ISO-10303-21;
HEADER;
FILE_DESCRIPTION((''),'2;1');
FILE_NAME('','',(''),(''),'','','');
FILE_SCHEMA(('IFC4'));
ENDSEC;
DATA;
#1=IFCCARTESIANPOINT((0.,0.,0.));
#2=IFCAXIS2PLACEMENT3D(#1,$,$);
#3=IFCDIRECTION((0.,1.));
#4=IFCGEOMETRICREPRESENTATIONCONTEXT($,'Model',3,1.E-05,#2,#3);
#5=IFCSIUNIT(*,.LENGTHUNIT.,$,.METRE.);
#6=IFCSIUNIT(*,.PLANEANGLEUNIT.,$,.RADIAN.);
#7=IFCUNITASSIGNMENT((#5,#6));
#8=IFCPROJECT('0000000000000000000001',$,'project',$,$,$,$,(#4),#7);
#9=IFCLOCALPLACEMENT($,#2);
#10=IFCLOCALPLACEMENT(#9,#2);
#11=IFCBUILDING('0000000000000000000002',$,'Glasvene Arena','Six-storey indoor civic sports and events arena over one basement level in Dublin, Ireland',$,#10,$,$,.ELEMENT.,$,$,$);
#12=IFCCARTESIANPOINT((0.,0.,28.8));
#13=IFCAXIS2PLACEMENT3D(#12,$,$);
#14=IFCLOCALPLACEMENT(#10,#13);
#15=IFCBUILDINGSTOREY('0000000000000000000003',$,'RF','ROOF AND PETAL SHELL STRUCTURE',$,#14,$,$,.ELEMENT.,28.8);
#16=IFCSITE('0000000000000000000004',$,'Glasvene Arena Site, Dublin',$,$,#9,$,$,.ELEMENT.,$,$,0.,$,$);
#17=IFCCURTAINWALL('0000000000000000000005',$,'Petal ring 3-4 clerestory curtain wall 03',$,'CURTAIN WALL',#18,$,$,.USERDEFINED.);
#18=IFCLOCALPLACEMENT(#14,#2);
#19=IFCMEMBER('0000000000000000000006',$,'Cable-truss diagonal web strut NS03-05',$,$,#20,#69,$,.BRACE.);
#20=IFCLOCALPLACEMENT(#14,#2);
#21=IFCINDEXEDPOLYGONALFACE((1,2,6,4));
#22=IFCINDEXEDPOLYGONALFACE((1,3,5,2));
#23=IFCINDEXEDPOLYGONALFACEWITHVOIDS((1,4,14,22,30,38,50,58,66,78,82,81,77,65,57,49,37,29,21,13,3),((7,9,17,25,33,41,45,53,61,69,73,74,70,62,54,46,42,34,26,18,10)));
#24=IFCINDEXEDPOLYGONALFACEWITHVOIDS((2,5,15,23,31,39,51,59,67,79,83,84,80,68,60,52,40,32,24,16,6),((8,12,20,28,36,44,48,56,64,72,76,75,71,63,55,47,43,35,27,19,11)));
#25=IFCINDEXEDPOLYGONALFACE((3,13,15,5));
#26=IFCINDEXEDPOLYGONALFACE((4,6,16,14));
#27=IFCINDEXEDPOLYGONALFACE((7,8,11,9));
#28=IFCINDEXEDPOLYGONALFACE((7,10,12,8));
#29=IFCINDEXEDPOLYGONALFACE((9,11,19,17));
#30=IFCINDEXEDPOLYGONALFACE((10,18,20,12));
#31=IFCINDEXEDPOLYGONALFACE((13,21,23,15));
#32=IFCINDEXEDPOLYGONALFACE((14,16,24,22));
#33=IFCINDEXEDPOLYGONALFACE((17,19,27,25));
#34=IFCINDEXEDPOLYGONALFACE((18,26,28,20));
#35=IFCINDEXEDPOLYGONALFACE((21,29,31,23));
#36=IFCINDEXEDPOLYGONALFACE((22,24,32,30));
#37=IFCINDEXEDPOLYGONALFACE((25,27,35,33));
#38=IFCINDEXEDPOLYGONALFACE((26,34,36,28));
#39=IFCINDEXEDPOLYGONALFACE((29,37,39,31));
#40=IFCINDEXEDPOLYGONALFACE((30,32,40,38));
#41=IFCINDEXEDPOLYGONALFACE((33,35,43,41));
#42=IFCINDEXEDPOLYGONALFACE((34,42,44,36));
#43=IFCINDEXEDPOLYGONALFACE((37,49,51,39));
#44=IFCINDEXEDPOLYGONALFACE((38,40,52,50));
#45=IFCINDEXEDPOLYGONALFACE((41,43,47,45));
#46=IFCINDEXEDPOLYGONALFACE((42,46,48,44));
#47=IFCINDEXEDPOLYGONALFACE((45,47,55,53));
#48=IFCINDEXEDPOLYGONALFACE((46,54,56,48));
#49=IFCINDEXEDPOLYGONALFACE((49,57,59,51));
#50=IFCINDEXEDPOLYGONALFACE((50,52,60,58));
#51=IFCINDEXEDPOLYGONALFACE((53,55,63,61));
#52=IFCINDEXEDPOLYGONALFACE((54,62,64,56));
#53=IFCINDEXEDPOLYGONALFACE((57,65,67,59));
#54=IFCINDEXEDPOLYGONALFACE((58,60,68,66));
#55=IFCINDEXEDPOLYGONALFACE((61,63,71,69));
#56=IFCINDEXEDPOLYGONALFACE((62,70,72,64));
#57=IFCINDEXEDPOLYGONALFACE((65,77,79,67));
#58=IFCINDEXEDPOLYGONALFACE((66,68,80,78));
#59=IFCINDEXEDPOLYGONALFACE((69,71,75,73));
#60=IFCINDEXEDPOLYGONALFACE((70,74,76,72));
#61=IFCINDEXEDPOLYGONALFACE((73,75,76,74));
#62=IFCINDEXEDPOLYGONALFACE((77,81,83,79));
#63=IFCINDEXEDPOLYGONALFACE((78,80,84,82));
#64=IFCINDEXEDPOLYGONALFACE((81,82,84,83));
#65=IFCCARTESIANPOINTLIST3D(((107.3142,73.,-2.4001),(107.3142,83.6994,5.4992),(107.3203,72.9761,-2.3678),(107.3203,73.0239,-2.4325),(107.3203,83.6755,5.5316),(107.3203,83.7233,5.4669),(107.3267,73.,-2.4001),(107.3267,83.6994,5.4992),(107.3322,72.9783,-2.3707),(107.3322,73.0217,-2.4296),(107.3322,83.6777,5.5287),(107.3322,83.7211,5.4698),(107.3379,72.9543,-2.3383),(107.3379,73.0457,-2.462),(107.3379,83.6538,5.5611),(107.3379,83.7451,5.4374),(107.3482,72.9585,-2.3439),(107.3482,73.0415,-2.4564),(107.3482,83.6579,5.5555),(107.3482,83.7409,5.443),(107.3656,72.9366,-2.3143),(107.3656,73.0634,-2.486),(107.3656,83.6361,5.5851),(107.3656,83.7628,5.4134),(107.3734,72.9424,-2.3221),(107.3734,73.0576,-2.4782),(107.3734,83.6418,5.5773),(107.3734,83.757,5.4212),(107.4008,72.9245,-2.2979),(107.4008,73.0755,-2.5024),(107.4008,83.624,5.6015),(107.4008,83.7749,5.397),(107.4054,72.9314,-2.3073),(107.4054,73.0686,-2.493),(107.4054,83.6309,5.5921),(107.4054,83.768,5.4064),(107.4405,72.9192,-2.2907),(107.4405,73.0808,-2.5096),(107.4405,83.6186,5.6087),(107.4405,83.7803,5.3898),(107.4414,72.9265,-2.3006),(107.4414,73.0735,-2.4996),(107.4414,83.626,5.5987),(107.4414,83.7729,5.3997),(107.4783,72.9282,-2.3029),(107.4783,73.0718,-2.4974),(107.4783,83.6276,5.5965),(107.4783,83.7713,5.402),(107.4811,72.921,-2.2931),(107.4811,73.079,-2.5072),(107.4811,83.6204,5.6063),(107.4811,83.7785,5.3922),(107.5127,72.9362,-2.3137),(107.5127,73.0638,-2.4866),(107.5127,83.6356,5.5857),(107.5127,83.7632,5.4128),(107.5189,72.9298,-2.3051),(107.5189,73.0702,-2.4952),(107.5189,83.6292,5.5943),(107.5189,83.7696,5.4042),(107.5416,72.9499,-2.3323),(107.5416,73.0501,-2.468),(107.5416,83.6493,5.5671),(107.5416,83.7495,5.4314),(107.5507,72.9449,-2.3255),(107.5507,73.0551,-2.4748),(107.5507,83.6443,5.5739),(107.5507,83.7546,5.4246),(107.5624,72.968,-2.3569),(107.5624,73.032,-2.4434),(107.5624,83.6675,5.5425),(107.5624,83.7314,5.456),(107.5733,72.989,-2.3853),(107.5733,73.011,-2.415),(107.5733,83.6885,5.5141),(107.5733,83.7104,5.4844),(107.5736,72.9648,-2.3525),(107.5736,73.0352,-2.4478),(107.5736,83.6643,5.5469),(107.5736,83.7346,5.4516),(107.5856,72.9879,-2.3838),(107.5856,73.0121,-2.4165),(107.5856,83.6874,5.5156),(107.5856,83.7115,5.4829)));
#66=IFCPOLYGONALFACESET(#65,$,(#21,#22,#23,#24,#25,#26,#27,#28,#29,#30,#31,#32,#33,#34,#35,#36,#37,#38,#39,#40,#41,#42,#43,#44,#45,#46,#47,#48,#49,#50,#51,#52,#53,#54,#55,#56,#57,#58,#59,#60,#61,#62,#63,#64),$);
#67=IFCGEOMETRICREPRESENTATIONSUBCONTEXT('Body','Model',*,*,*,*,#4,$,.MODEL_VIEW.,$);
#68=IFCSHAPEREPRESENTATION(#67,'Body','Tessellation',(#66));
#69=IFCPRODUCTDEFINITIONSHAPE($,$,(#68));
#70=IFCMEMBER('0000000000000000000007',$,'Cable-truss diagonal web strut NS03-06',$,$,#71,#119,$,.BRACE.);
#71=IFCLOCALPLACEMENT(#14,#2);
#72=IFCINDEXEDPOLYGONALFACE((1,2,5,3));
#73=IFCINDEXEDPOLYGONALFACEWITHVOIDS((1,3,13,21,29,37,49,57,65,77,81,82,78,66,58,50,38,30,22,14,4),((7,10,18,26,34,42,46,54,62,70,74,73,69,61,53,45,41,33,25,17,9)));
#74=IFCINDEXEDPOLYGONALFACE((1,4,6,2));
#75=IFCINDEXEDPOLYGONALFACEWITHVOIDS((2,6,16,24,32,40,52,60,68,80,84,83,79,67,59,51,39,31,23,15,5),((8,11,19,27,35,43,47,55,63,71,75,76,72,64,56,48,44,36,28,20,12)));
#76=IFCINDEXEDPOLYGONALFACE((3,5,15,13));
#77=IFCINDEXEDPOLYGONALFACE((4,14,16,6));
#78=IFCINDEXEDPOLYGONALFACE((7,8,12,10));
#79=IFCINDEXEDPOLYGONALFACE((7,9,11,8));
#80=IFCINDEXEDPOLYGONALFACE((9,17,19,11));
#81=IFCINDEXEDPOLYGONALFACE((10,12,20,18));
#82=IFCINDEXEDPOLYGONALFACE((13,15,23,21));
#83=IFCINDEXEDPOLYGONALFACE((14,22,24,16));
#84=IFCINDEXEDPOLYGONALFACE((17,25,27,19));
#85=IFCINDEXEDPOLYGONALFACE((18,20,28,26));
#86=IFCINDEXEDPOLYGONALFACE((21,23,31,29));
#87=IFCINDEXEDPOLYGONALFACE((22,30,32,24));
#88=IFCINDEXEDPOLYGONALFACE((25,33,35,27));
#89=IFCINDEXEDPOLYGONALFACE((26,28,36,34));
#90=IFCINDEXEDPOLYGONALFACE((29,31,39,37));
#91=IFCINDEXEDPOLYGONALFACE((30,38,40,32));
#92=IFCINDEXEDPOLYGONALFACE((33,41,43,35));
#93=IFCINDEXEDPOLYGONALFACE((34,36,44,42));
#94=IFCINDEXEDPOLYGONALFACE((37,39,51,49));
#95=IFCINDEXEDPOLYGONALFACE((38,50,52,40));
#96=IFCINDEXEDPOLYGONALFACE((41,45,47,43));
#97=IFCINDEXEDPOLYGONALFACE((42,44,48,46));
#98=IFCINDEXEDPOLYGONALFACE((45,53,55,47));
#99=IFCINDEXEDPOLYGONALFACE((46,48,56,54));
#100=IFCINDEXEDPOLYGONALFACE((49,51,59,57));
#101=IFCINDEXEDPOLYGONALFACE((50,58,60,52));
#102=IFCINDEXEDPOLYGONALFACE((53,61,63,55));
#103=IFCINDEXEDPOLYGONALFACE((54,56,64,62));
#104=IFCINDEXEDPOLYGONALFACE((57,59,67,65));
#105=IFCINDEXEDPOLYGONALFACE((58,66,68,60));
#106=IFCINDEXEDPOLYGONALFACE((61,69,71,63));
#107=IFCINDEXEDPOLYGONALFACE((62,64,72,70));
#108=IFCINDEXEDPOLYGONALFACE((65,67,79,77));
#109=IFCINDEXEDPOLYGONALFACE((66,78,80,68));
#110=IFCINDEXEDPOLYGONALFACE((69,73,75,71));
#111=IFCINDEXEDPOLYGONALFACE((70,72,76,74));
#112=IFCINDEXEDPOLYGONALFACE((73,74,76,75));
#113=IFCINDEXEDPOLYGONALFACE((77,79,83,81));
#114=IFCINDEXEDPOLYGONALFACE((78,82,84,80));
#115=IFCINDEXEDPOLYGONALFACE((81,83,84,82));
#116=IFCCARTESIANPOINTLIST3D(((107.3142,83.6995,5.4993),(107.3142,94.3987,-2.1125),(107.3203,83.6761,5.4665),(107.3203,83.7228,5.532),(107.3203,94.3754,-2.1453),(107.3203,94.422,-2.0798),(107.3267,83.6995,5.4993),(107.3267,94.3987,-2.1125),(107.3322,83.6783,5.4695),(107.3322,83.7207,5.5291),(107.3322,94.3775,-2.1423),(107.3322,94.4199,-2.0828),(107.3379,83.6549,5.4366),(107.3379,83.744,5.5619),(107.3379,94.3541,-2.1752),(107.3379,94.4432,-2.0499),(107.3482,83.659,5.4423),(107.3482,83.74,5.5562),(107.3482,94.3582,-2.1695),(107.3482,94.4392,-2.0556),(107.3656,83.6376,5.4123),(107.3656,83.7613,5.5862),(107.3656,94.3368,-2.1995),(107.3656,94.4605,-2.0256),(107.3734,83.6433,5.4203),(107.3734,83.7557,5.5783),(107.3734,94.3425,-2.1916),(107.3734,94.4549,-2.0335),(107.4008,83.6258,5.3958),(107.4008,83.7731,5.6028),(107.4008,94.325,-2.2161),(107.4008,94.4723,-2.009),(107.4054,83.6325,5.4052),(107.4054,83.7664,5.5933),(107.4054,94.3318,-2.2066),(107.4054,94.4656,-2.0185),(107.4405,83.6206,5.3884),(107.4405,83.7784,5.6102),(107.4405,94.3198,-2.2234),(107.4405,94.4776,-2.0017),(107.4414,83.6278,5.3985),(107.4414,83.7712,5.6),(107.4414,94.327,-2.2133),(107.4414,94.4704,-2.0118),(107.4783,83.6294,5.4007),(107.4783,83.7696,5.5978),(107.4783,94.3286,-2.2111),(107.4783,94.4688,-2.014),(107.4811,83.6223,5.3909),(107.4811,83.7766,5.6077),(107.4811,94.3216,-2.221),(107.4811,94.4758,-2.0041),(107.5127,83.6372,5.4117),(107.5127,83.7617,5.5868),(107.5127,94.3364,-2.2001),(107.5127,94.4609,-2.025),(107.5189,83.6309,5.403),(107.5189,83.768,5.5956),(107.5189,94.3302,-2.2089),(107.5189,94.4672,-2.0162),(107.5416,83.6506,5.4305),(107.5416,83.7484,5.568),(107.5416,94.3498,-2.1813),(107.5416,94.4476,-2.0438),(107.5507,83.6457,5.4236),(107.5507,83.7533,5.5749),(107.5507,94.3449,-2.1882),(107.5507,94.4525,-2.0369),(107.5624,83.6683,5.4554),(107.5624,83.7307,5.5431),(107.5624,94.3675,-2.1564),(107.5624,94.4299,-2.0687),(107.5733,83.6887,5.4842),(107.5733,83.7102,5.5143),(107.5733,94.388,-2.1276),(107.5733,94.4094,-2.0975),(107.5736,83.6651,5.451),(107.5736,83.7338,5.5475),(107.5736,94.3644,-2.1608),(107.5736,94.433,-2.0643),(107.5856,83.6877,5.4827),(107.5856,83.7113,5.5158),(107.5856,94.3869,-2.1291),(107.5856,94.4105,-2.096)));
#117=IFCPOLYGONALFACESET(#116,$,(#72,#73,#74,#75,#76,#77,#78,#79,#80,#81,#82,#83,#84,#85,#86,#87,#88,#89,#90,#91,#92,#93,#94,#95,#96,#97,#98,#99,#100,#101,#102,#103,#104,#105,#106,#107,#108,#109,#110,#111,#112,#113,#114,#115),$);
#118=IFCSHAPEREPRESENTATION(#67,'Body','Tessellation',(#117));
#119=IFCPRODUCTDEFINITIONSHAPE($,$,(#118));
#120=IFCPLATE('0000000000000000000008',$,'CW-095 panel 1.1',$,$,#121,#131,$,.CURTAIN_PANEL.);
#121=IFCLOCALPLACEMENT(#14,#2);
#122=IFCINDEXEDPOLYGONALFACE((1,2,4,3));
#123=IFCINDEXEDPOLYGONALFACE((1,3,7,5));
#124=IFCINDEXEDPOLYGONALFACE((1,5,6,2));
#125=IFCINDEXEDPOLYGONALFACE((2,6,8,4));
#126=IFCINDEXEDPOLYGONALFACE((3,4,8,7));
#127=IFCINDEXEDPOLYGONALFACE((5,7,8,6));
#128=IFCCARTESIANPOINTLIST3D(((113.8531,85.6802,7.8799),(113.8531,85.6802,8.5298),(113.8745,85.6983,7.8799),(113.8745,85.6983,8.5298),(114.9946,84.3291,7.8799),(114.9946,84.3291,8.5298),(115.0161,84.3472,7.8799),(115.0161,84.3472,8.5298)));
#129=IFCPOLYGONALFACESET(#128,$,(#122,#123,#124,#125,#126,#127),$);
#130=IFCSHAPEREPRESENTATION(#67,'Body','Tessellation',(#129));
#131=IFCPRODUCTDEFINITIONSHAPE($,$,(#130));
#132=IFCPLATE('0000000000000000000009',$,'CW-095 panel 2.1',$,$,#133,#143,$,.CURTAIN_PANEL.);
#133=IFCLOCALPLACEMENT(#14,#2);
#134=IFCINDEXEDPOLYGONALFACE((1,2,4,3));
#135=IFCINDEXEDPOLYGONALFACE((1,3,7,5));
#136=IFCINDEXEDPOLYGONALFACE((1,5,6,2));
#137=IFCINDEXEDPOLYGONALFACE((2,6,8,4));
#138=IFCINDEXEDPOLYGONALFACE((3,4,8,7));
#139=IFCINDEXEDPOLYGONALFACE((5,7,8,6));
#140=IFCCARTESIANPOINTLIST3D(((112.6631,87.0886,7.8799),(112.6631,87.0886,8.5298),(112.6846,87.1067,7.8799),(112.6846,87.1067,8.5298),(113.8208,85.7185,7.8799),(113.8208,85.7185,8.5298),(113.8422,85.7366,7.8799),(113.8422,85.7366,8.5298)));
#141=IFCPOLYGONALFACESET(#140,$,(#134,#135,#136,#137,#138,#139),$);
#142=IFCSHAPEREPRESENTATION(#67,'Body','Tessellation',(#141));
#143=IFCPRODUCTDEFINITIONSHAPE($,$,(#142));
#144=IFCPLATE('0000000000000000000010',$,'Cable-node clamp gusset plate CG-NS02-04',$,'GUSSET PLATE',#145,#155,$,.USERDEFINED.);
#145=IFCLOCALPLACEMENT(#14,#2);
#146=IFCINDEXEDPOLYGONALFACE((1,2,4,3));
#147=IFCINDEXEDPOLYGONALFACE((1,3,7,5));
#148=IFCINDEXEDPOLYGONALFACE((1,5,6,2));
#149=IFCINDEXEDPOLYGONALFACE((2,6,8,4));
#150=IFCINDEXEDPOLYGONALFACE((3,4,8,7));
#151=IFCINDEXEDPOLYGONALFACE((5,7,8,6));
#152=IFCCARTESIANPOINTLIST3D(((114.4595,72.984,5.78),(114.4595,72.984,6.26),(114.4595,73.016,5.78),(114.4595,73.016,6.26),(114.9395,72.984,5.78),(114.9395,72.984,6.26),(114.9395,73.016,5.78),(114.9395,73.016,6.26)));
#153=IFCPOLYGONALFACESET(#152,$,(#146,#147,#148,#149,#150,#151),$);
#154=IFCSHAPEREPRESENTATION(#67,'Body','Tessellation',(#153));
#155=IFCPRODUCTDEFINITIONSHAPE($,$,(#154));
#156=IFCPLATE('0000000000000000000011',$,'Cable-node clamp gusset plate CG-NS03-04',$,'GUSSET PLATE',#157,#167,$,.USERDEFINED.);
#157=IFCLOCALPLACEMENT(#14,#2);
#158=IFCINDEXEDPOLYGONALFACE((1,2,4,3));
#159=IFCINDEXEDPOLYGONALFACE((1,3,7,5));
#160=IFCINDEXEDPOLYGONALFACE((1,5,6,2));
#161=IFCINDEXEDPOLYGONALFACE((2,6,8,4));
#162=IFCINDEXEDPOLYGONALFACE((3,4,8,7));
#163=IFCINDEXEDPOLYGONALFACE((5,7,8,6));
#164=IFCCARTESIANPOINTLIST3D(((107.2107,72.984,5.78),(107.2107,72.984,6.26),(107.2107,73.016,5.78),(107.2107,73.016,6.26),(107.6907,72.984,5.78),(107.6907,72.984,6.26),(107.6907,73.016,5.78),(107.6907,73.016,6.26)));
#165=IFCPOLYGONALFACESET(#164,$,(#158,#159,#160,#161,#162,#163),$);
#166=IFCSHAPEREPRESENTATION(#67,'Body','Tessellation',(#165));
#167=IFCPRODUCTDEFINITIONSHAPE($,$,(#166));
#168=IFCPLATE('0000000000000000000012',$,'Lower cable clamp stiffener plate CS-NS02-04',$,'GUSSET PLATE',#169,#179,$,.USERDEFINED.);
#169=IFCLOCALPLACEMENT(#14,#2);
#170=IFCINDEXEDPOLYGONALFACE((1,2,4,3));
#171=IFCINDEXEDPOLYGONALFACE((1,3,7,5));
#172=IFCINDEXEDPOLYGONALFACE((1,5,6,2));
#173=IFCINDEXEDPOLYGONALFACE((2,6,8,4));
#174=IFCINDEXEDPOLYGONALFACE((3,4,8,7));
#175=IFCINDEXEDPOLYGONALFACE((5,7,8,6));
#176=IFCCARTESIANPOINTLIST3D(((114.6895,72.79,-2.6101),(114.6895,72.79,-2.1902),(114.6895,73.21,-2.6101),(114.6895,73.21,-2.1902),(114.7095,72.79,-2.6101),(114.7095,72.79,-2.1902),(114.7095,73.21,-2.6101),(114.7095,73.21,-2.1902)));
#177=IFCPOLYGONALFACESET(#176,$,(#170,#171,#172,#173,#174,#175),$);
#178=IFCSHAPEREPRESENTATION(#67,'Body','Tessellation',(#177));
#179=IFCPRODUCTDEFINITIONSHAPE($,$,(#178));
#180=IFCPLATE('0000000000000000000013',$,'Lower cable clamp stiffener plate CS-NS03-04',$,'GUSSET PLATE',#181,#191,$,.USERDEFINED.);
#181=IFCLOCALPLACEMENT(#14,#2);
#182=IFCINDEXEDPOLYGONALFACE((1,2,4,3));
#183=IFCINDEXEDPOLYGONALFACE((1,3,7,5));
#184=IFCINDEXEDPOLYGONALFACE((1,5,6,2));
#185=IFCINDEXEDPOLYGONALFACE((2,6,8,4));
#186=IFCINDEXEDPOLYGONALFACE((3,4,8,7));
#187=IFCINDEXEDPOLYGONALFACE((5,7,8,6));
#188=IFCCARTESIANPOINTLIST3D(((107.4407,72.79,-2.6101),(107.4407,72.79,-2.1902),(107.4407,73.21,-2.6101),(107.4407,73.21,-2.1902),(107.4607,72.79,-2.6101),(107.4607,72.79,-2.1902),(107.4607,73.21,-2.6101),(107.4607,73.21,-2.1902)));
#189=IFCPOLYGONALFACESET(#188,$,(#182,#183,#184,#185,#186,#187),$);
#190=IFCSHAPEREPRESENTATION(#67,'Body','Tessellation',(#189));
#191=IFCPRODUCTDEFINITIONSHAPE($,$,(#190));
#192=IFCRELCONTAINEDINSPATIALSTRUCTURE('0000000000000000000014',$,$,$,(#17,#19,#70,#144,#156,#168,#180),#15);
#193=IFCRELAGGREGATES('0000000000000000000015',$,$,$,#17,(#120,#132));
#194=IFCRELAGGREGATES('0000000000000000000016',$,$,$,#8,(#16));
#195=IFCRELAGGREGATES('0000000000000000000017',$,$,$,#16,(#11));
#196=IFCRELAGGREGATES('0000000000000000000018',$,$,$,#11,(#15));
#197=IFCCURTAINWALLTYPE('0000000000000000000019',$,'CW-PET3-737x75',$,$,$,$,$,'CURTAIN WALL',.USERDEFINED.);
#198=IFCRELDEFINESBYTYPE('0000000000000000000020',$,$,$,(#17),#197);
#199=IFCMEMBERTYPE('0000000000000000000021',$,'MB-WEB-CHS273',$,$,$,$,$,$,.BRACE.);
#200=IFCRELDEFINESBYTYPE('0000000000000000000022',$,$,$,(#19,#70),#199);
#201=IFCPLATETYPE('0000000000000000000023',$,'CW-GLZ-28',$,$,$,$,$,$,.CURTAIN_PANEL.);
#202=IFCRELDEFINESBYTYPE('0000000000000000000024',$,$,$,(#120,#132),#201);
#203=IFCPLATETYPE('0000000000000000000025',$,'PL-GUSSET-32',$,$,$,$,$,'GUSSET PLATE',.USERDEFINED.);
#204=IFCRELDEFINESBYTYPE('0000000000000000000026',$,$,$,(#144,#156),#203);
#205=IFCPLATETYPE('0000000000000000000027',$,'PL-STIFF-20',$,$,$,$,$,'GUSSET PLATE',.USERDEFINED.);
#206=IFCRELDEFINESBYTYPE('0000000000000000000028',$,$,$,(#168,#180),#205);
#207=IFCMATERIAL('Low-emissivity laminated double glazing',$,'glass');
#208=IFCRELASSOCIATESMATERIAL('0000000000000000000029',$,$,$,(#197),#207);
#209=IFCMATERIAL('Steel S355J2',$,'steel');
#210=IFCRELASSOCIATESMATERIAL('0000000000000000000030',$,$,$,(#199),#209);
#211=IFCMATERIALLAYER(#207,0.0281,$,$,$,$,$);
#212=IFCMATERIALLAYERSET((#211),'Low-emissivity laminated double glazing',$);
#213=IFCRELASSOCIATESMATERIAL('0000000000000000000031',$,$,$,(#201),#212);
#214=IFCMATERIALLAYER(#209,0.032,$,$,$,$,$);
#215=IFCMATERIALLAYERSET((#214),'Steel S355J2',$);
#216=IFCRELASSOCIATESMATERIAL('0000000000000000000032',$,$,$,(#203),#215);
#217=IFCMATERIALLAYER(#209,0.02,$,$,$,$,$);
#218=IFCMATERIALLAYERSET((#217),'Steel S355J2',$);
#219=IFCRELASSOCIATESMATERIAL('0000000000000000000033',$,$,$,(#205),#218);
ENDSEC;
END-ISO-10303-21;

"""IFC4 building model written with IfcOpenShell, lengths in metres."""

from ifc_helpers import new_model, si_unit, direction, frame, origin, origin_2d, place, context, subcontext, project, spatial, rectangle, hollow_circle, extrude, material, layer, layer_set, material_profile, profile_set, type_object, element, aggregate, save


model = new_model("IFC4")

# Units and contexts
model_context = context("Model", 3, precision=1e-05, world=origin(), true_north=direction((0.0, 1.0)))
body_context = subcontext(model_context, "Body", "Model", "MODEL_VIEW")
ifc_project = project(units=[si_unit("LENGTHUNIT", "METRE"), si_unit("PLANEANGLEUNIT", "RADIAN")], contexts=[model_context])

# Site, building, storey
site_placement = place(None, origin())
site = spatial("IfcSite", under=ifc_project, at=site_placement, Name="Glasvene Arena Site, Dublin", CompositionType="ELEMENT", RefElevation=0.0)
building_placement = place(site_placement, origin())
building = spatial("IfcBuilding", under=site, at=building_placement, Name="Glasvene Arena", Description="Six-storey indoor civic sports and events arena over one basement level in Dublin, Ireland", CompositionType="ELEMENT")
storey_placement = place(building_placement, frame((0.0, 0.0, 28.8)))
storey = spatial("IfcBuildingStorey", under=building, at=storey_placement, Name="RF", Description="ROOF AND PETAL SHELL STRUCTURE", CompositionType="ELEMENT", Elevation=28.8)

# Curtain wall
ifc_material_1 = material(Name="Low-emissivity laminated double glazing", Category="glass")
curtain_wall_type_1 = type_object("IfcCurtainWallType", Name="CW-PET3-737x75", ElementType="CURTAIN WALL", PredefinedType="USERDEFINED", material=ifc_material_1)
curtain_wall_1_placement = place(storey_placement, frame((115.0376, 84.3, 0.0)))
curtain_wall_1 = element("IfcCurtainWall", 1, at=curtain_wall_1_placement, inside=storey, type_object=curtain_wall_type_1, Name="Petal ring 3-4 clerestory curtain wall 03", ObjectType="CURTAIN WALL", PredefinedType="USERDEFINED")

# Members
ifc_material_2 = material(Name="Steel S355J2", Category="steel")
ifc_material_profile_1 = material_profile(ifc_material_2, hollow_circle(Radius=0.1365, WallThickness=0.0125, at=origin_2d()), Name="CHS 273.0x12.5")
ifc_profile_set_1 = profile_set([ifc_material_profile_1], Name="Steel S355J2")
member_type_1 = type_object("IfcMemberType", Name="MB-WEB-CHS273", PredefinedType="BRACE", material=ifc_profile_set_1)
member_1_placement = place(storey_placement, frame((107.4507, 73.0, -2.4001), z_axis=(0.0, 0.804495, 0.593959), x_axis=(-1.0, 0.0, 0.0)))
element("IfcMember", 2, at=member_1_placement, inside=storey, type_object=member_type_1, Name="Cable-truss diagonal web strut NS03-05", PredefinedType="BRACE", context=body_context, shape_type="SweptSolid", body=[
    extrude(hollow_circle(Radius=0.1365, WallThickness=0.0125, at=origin_2d()), origin(), (0.0, 0.0, 1.0), 13.2996),
])
member_2_placement = place(storey_placement, frame((107.4507, 83.6995, 5.4993), z_axis=(0.0, 0.81483, -0.5797), x_axis=(-1.0, 0.0, 0.0)))
element("IfcMember", 3, at=member_2_placement, inside=storey, type_object=member_type_1, Name="Cable-truss diagonal web strut NS03-06", PredefinedType="BRACE", context=body_context, shape_type="SweptSolid", body=[
    extrude(hollow_circle(Radius=0.1365, WallThickness=0.0125, at=origin_2d()), origin(), (0.0, 0.0, 1.0), 13.1306),
])

# Plates
ifc_layer_1 = layer(ifc_material_1, 0.0281)
ifc_layer_set_1 = layer_set([ifc_layer_1], Name="Low-emissivity laminated double glazing")
plate_type_1 = type_object("IfcPlateType", Name="CW-GLZ-28", PredefinedType="CURTAIN_PANEL", material=ifc_layer_set_1)
plate_1_placement = place(storey_placement, frame((114.4346, 85.0137, 7.8799), z_axis=(0.0, 0.0, 1.0), x_axis=(-0.645394, 0.76385, 0.0)))
plate_1 = element("IfcPlate", 4, at=plate_1_placement, type_object=plate_type_1, Name="CW-095 panel 1.1", PredefinedType="CURTAIN_PANEL", context=body_context, shape_type="SweptSolid", body=[
    extrude(rectangle(XDim=1.7688, YDim=0.0281, at=origin_2d()), origin(), (0.0, 0.0, 1.0), 0.6499),
])
plate_2_placement = place(storey_placement, frame((113.2527, 86.4126, 7.8799), z_axis=(0.0, 0.0, 1.0), x_axis=(-0.645394, 0.76385, 0.0)))
plate_2 = element("IfcPlate", 5, at=plate_2_placement, type_object=plate_type_1, Name="CW-095 panel 2.1", PredefinedType="CURTAIN_PANEL", context=body_context, shape_type="SweptSolid", body=[
    extrude(rectangle(XDim=1.7937, YDim=0.0281, at=origin_2d()), origin(), (0.0, 0.0, 1.0), 0.6499),
])
aggregate(curtain_wall_1, [plate_1, plate_2])

# Plates
ifc_layer_2 = layer(ifc_material_2, 0.032)
ifc_layer_set_2 = layer_set([ifc_layer_2], Name="Steel S355J2")
plate_type_2 = type_object("IfcPlateType", Name="PL-GUSSET-32", ElementType="GUSSET PLATE", PredefinedType="USERDEFINED", material=ifc_layer_set_2)
for number, where, z_axis, x_axis, name in (
    (6, (114.6995, 73.0, 5.78), (0.0, 0.0, 1.0), (1.0, 0.0, 0.0), "Cable-node clamp gusset plate CG-NS02-04"),
    (7, (107.4507, 73.0, 5.78), (0.0, 0.0, 1.0), (1.0, 0.0, 0.0), "Cable-node clamp gusset plate CG-NS03-04"),
):
    element("IfcPlate", number, at=place(storey_placement, frame(where, z_axis=z_axis, x_axis=x_axis)), inside=storey, type_object=plate_type_2, Name=name, ObjectType="GUSSET PLATE", PredefinedType="USERDEFINED", context=body_context, shape_type="SweptSolid", body=[
        extrude(rectangle(XDim=0.48, YDim=0.032, at=origin_2d()), origin(), (0.0, 0.0, 1.0), 0.48),
    ])
ifc_layer_3 = layer(ifc_material_2, 0.02)
ifc_layer_set_3 = layer_set([ifc_layer_3], Name="Steel S355J2")
plate_type_3 = type_object("IfcPlateType", Name="PL-STIFF-20", ElementType="GUSSET PLATE", PredefinedType="USERDEFINED", material=ifc_layer_set_3)
for number, where, z_axis, x_axis, name in (
    (8, (114.6995, 73.0, -2.6101), (0.0, 0.0, 1.0), (1.0, 0.0, 0.0), "Lower cable clamp stiffener plate CS-NS02-04"),
    (9, (107.4507, 73.0, -2.6101), (0.0, 0.0, 1.0), (1.0, 0.0, 0.0), "Lower cable clamp stiffener plate CS-NS03-04"),
):
    element("IfcPlate", number, at=place(storey_placement, frame(where, z_axis=z_axis, x_axis=x_axis)), inside=storey, type_object=plate_type_3, Name=name, ObjectType="GUSSET PLATE", PredefinedType="USERDEFINED", context=body_context, shape_type="SweptSolid", body=[
        extrude(rectangle(XDim=0.02, YDim=0.4199, at=origin_2d()), origin(), (0.0, 0.0, 1.0), 0.4199),
    ])

save(model, "model.ifc")
